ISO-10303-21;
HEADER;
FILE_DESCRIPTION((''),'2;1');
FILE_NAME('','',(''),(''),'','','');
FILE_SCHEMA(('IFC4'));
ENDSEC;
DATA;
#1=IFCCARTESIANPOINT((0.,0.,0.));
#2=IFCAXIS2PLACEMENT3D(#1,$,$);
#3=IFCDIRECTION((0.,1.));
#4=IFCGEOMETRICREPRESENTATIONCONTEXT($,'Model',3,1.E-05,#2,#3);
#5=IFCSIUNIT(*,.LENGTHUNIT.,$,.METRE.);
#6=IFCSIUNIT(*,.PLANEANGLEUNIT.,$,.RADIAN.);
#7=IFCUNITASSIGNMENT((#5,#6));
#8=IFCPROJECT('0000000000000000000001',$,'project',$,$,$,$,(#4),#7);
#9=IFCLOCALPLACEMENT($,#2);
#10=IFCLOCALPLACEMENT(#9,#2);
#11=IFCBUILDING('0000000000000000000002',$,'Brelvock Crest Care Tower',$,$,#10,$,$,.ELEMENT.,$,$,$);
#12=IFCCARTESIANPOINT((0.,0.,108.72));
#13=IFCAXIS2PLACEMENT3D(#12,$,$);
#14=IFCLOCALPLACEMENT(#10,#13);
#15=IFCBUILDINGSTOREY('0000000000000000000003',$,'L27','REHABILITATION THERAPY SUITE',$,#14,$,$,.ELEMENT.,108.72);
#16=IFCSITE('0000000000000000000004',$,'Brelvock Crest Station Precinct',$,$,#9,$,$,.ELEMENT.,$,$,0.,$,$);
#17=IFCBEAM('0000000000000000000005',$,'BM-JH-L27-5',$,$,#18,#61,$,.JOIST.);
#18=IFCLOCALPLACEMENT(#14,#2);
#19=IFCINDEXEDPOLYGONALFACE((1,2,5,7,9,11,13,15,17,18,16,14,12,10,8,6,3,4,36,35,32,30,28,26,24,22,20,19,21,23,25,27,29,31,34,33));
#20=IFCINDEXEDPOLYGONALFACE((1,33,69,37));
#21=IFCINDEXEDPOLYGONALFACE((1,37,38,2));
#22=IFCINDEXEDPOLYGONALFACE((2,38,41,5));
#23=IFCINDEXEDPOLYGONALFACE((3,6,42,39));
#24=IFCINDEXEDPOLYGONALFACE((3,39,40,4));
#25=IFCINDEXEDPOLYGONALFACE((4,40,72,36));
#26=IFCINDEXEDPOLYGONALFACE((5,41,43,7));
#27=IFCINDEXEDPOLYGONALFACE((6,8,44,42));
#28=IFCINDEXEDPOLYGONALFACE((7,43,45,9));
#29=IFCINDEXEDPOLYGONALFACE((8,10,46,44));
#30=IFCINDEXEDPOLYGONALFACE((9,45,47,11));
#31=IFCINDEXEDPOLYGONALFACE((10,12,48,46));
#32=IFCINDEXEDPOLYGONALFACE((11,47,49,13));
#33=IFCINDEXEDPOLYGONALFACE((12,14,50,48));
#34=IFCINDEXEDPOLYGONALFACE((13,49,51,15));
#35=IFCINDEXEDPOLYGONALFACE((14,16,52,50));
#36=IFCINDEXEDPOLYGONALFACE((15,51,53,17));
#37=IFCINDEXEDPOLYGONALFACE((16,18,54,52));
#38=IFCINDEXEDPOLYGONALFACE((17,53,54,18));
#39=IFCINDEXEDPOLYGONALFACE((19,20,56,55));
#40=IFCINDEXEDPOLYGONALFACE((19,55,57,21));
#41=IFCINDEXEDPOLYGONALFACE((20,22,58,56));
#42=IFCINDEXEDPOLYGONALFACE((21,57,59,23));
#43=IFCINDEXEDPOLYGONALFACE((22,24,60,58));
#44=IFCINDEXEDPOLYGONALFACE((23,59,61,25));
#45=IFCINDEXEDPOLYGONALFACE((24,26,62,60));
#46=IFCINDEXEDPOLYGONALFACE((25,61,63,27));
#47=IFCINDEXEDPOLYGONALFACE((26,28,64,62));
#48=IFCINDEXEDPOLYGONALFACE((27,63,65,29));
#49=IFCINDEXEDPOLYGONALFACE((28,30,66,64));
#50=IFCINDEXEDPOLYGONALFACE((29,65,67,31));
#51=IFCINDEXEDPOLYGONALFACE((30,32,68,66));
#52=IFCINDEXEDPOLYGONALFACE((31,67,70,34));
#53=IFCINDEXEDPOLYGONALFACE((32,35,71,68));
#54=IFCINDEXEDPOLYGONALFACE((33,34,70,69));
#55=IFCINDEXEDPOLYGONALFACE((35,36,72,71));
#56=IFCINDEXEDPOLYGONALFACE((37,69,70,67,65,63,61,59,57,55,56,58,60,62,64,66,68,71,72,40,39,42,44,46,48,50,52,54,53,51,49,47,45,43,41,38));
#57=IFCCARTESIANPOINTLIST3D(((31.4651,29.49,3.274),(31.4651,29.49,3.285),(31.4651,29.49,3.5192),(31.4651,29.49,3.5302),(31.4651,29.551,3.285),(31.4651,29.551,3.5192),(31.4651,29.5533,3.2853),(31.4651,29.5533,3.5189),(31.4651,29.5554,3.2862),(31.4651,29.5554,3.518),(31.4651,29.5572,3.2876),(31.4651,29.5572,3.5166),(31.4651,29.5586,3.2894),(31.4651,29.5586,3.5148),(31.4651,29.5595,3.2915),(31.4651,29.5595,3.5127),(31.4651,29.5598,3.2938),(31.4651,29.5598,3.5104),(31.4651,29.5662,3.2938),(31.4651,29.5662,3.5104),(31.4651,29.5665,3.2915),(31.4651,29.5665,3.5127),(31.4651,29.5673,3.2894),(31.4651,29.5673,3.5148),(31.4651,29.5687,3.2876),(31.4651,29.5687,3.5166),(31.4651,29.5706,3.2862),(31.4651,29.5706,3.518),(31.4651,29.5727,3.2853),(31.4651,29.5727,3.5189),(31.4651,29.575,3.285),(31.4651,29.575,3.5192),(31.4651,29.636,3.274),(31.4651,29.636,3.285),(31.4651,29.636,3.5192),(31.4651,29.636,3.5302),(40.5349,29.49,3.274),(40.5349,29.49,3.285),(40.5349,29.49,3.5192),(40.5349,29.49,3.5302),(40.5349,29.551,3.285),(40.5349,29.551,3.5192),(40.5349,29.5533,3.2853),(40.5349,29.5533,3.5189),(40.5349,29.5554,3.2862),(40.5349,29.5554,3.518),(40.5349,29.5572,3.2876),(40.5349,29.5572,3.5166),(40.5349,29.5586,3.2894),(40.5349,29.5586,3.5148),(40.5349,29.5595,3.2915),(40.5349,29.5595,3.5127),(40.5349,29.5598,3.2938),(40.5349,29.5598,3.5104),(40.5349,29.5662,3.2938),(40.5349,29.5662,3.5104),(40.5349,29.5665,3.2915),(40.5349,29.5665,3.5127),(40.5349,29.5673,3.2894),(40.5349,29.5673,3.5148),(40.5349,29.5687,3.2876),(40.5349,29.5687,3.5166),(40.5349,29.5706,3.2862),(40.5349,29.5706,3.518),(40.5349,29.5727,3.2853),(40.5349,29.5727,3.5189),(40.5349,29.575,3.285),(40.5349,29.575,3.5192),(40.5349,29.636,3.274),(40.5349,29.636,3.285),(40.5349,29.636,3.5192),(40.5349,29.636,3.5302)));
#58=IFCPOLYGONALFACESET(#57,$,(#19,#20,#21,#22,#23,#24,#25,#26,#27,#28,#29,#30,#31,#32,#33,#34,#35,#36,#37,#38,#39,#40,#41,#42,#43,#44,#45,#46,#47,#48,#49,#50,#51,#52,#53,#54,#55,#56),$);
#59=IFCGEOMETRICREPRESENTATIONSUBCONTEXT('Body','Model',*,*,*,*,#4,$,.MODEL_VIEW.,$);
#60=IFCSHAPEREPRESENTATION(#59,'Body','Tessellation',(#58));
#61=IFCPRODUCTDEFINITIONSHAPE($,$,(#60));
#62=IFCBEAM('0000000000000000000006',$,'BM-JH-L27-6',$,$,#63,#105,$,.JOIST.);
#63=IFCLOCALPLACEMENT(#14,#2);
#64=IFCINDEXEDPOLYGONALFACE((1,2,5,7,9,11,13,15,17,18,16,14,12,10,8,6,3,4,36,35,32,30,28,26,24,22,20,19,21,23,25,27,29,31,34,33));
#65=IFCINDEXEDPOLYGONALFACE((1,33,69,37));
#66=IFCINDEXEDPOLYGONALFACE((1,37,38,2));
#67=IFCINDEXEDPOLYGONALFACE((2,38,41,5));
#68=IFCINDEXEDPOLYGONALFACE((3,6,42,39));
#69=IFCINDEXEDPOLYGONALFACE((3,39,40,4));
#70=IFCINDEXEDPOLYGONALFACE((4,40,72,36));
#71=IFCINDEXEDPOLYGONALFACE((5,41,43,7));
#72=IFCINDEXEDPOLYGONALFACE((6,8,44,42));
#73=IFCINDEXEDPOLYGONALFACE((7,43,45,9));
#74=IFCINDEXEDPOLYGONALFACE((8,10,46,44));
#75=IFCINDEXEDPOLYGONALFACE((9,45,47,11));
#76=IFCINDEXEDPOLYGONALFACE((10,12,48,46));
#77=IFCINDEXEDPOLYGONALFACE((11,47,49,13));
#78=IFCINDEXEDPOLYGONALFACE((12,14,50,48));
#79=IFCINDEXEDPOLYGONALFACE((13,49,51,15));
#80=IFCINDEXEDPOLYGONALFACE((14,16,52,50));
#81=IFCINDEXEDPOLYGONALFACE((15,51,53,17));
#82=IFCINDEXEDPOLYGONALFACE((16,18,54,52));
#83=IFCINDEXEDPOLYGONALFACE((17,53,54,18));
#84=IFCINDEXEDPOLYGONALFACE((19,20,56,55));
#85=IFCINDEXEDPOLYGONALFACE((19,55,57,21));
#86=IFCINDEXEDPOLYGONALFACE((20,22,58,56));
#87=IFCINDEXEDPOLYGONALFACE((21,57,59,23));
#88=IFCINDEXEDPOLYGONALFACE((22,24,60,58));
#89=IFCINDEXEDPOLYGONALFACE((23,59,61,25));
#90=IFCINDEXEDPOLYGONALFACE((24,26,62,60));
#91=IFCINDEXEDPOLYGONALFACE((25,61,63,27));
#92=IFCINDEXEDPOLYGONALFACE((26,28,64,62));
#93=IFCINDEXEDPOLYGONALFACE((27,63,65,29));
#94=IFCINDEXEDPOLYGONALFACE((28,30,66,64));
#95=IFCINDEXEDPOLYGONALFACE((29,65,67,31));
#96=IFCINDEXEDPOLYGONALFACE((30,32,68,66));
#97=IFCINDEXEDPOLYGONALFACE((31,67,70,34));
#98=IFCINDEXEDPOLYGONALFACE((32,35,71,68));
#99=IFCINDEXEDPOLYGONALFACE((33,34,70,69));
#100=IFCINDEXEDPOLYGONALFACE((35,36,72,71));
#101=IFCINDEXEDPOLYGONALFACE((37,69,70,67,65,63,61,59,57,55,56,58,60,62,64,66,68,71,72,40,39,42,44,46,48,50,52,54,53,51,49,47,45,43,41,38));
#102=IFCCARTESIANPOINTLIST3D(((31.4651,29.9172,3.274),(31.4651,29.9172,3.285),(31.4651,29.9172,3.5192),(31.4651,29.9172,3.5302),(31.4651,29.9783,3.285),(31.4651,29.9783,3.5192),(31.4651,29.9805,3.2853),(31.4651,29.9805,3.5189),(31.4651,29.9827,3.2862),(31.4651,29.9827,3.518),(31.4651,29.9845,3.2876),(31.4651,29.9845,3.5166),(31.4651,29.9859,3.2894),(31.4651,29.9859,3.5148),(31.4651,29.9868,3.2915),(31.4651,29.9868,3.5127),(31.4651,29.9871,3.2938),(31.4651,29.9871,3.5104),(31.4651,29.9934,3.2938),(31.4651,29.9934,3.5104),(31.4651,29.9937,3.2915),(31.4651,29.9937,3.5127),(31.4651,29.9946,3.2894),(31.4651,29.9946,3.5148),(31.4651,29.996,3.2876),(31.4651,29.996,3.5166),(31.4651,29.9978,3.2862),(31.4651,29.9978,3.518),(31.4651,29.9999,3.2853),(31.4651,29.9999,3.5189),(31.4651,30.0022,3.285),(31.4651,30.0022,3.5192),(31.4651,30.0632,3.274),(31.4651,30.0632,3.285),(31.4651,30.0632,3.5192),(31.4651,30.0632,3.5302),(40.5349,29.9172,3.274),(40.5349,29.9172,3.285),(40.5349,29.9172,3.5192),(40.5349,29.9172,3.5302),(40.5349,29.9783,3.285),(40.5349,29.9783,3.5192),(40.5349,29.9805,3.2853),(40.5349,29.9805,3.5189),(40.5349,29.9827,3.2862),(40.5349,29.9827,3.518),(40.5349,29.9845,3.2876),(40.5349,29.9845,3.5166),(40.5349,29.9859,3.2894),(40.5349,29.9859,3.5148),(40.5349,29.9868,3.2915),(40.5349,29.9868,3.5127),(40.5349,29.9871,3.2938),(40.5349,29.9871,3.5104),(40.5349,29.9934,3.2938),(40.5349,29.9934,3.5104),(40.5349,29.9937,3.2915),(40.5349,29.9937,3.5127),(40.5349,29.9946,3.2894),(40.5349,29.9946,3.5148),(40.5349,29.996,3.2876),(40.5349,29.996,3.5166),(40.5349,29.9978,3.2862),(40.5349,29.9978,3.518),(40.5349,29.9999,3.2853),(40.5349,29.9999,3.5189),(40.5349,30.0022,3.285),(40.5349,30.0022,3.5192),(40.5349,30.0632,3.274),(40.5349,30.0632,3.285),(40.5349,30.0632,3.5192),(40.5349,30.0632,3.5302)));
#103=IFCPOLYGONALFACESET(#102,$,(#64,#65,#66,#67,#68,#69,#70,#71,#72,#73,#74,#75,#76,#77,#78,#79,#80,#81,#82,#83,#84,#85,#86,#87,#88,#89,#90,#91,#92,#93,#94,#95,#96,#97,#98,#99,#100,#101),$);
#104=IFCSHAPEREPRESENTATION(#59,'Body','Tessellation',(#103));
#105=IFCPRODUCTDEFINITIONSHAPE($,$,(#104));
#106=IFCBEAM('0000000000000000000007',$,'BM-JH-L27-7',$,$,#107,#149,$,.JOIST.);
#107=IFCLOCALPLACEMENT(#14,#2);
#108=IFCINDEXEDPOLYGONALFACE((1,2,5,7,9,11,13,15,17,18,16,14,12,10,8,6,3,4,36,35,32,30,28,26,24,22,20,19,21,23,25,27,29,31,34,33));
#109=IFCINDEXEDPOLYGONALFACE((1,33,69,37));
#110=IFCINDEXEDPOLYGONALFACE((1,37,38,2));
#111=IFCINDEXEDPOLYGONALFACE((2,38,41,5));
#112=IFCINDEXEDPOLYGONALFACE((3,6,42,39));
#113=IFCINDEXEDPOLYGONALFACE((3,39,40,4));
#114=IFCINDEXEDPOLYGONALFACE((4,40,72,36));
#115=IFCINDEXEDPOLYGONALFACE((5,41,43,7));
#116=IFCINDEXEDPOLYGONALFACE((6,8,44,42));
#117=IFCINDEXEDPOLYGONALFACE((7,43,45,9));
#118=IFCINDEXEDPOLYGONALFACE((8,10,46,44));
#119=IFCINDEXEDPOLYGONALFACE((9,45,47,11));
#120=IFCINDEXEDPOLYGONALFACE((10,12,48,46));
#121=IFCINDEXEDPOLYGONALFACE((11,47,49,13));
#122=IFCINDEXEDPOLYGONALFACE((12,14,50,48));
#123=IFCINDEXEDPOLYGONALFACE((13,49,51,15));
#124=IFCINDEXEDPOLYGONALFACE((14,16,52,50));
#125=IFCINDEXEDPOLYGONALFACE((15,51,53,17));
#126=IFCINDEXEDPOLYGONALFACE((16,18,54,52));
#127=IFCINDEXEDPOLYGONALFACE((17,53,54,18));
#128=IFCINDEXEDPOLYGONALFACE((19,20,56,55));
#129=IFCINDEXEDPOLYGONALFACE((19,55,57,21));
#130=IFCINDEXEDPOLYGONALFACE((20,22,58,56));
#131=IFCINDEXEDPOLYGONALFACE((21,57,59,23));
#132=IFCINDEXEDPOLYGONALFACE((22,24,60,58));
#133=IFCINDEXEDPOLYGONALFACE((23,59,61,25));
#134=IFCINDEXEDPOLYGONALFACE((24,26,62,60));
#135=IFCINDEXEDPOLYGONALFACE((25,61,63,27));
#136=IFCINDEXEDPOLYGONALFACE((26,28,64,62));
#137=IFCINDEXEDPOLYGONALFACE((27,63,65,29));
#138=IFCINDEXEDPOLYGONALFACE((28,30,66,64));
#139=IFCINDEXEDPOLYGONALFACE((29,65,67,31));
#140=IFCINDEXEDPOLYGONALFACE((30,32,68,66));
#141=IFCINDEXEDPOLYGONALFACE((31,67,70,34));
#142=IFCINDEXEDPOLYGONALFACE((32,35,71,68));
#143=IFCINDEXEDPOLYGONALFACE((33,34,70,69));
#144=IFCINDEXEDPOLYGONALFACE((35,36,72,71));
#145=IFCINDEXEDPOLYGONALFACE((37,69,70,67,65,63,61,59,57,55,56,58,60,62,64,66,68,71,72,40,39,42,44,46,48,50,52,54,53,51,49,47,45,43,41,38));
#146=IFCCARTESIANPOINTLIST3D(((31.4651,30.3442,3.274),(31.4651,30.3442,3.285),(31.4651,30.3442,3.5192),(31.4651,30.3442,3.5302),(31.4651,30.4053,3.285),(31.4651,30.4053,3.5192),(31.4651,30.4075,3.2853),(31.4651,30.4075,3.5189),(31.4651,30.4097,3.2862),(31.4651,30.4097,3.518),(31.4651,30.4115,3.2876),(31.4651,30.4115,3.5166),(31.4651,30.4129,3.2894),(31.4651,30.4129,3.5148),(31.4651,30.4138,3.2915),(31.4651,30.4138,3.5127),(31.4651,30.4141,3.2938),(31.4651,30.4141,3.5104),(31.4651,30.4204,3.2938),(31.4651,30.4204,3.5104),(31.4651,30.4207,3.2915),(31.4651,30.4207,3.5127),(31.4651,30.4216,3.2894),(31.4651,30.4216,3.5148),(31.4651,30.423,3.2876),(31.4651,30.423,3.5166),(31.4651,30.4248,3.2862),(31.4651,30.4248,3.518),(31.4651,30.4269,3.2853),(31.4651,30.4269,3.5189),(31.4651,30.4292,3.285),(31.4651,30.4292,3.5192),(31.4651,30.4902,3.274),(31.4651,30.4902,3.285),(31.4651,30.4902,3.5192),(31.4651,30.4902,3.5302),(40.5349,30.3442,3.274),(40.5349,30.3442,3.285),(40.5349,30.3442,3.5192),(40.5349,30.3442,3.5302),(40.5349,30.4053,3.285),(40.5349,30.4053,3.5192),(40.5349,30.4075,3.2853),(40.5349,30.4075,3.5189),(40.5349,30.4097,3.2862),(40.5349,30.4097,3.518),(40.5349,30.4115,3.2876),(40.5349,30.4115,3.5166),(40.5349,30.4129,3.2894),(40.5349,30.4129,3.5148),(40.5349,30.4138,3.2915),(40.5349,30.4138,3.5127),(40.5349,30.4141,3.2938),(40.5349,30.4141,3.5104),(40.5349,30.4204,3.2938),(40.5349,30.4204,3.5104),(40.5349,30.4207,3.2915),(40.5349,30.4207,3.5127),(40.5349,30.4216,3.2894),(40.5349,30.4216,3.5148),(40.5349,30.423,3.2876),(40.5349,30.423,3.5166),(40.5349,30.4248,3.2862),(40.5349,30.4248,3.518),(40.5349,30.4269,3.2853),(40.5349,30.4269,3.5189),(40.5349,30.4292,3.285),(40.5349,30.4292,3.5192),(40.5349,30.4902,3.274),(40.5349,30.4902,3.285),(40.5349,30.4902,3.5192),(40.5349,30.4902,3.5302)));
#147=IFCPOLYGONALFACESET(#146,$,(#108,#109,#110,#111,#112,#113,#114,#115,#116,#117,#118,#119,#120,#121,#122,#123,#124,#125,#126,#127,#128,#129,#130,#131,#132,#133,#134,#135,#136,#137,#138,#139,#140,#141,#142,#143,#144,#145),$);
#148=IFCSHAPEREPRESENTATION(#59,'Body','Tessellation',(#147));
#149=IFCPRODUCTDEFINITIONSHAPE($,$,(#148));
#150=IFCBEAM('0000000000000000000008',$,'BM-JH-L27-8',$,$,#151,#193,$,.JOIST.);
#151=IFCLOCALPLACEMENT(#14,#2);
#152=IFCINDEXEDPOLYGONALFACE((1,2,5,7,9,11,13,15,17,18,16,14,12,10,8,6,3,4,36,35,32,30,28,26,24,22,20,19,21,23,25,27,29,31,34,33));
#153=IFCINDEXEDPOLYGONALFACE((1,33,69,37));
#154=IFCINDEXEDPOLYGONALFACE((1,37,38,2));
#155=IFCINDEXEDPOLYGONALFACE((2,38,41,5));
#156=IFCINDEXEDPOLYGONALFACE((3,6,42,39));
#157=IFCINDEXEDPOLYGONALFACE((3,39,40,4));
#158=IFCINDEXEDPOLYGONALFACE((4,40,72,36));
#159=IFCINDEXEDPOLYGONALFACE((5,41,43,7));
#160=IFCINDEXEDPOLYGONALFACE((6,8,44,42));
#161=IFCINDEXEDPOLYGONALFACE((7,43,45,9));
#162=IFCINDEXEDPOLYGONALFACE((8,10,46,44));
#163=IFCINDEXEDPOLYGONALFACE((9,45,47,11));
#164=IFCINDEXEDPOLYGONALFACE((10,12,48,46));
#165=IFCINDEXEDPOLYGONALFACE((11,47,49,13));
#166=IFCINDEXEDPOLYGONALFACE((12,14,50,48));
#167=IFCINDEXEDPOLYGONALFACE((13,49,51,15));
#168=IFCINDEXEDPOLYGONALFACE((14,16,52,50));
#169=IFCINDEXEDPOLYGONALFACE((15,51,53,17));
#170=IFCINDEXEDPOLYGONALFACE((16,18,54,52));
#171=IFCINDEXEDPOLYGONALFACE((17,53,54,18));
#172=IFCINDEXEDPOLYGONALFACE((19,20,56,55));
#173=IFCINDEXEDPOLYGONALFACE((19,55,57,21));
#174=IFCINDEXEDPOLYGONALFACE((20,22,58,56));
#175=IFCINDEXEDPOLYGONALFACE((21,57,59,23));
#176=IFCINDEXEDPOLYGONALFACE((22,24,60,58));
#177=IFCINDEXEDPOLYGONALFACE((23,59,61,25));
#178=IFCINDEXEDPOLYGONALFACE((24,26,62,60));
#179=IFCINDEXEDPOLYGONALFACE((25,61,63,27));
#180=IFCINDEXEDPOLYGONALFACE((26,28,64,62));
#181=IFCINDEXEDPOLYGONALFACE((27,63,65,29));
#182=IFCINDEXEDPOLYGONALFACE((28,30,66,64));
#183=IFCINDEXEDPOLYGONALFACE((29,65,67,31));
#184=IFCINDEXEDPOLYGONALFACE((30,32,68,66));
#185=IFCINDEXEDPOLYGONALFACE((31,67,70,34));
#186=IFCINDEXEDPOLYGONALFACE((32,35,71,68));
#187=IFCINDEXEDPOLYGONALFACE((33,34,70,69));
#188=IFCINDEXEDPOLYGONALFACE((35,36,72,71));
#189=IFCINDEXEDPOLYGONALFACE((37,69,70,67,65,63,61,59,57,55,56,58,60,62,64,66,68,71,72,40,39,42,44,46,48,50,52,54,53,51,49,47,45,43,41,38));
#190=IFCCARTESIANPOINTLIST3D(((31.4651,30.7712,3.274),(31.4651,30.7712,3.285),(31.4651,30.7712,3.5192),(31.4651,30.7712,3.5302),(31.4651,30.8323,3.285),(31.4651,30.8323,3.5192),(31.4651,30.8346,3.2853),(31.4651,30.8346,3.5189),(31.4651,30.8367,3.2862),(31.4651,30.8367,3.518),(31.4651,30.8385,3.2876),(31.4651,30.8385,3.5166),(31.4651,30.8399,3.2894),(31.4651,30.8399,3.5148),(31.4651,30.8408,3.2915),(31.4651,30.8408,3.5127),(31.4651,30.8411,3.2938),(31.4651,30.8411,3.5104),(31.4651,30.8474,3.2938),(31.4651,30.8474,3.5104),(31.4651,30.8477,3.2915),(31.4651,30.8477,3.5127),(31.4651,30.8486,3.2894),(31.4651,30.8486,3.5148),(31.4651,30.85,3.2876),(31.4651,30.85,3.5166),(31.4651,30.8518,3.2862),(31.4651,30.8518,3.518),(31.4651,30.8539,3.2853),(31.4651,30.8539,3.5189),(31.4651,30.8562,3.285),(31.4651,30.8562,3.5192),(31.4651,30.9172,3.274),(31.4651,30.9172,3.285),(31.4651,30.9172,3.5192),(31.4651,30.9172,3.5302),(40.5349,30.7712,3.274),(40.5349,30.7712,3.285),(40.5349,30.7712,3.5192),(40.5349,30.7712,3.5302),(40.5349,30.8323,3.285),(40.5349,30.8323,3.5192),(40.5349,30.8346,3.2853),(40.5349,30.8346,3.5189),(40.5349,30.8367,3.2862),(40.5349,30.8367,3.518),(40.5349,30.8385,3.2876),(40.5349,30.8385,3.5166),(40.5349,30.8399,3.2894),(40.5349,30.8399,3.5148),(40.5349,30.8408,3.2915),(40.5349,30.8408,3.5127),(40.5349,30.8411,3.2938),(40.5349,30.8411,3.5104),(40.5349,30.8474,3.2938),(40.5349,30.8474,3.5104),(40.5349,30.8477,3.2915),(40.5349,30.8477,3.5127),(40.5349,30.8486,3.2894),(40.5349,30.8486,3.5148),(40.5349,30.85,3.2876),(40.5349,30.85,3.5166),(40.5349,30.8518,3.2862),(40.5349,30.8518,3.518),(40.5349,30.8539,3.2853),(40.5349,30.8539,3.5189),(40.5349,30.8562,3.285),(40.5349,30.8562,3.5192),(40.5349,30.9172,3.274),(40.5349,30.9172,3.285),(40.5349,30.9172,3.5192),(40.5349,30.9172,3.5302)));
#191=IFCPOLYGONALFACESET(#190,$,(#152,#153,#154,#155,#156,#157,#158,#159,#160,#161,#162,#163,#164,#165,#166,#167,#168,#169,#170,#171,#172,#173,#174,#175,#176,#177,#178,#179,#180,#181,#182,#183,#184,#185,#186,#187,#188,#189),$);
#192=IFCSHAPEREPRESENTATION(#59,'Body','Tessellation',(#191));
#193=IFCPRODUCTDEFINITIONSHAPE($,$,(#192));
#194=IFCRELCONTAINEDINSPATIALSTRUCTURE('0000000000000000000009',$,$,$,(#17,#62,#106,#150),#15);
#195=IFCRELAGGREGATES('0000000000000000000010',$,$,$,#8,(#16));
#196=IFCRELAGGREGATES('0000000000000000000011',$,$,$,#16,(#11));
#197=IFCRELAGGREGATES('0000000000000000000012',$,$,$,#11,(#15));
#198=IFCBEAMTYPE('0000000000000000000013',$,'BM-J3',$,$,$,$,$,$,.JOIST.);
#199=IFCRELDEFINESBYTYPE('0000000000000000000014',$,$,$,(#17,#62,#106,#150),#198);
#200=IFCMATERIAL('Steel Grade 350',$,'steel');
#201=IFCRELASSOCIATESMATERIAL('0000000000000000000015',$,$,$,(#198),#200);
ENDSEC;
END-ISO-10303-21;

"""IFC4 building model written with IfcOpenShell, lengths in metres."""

from ifc_helpers import new_model, si_unit, direction, frame, origin, origin_2d, place, context, subcontext, project, spatial, i_section, extrude, source, transform, mapped, material, material_profile, profile_set, type_object, element, save


model = new_model("IFC4")

# Units and contexts
model_context = context("Model", 3, precision=1e-05, world=origin(), true_north=direction((0.0, 1.0)))
body_context = subcontext(model_context, "Body", "Model", "MODEL_VIEW")
ifc_project = project(units=[si_unit("LENGTHUNIT", "METRE"), si_unit("PLANEANGLEUNIT", "RADIAN")], contexts=[model_context])

# Site, building, storey
site_placement = place(None, origin())
site = spatial("IfcSite", under=ifc_project, at=site_placement, Name="Brelvock Crest Station Precinct", CompositionType="ELEMENT", RefElevation=0.0)
building_placement = place(site_placement, origin())
building = spatial("IfcBuilding", under=site, at=building_placement, Name="Brelvock Crest Care Tower", CompositionType="ELEMENT")
storey_placement = place(building_placement, frame((0.0, 0.0, 108.72)))
storey = spatial("IfcBuildingStorey", under=building, at=storey_placement, Name="L27", Description="REHABILITATION THERAPY SUITE", CompositionType="ELEMENT", Elevation=108.72)

# Shared definitions
ifc_material_1 = material(Name="Steel Grade 350", Category="steel")

# Beams
ifc_material_profile_1 = material_profile(ifc_material_1, i_section(OverallWidth=0.146, OverallDepth=0.2561, WebThickness=0.0063, FlangeThickness=0.011, FilletRadius=0.0088, at=origin_2d()), Name="250UB37.3")
ifc_profile_set_1 = profile_set([ifc_material_profile_1], Name="Steel Grade 350")
beam_type_1 = type_object("IfcBeamType", Name="BM-J3", PredefinedType="JOIST", material=ifc_profile_set_1)
shared_shape_1 = source(origin(), body_context, "Body", "SweptSolid", [
    extrude(i_section(OverallWidth=0.146, OverallDepth=0.2561, WebThickness=0.0063, FlangeThickness=0.011, FilletRadius=0.0088, at=origin_2d()), origin(), (0.0, 0.0, 1.0), 9.0698),
])
for number, where, z_axis, x_axis, name in (
    (1, (31.4651, 29.563, 3.4021), (1.0, 0.0, 0.0), (0.0, 1.0, 0.0), "BM-JH-L27-5"),
    (2, (31.4651, 29.9902, 3.4021), (1.0, 0.0, 0.0), (0.0, 1.0, 0.0), "BM-JH-L27-6"),
    (3, (31.4651, 30.4172, 3.4021), (1.0, 0.0, 0.0), (0.0, 1.0, 0.0), "BM-JH-L27-7"),
    (4, (31.4651, 30.8442, 3.4021), (1.0, 0.0, 0.0), (0.0, 1.0, 0.0), "BM-JH-L27-8"),
):
    element("IfcBeam", number, at=place(storey_placement, frame(where, z_axis=z_axis, x_axis=x_axis)), inside=storey, type_object=beam_type_1, Name=name, PredefinedType="JOIST", context=body_context, shape_type="MappedRepresentation", body=[
        mapped(shared_shape_1, transform((0.0, 0.0, 0.0), x_axis=(1.0, 0.0, 0.0), y_axis=(0.0, 1.0, 0.0), z_axis=(0.0, 0.0, 1.0), scale=1.0)),
    ])

save(model, "model.ifc")
